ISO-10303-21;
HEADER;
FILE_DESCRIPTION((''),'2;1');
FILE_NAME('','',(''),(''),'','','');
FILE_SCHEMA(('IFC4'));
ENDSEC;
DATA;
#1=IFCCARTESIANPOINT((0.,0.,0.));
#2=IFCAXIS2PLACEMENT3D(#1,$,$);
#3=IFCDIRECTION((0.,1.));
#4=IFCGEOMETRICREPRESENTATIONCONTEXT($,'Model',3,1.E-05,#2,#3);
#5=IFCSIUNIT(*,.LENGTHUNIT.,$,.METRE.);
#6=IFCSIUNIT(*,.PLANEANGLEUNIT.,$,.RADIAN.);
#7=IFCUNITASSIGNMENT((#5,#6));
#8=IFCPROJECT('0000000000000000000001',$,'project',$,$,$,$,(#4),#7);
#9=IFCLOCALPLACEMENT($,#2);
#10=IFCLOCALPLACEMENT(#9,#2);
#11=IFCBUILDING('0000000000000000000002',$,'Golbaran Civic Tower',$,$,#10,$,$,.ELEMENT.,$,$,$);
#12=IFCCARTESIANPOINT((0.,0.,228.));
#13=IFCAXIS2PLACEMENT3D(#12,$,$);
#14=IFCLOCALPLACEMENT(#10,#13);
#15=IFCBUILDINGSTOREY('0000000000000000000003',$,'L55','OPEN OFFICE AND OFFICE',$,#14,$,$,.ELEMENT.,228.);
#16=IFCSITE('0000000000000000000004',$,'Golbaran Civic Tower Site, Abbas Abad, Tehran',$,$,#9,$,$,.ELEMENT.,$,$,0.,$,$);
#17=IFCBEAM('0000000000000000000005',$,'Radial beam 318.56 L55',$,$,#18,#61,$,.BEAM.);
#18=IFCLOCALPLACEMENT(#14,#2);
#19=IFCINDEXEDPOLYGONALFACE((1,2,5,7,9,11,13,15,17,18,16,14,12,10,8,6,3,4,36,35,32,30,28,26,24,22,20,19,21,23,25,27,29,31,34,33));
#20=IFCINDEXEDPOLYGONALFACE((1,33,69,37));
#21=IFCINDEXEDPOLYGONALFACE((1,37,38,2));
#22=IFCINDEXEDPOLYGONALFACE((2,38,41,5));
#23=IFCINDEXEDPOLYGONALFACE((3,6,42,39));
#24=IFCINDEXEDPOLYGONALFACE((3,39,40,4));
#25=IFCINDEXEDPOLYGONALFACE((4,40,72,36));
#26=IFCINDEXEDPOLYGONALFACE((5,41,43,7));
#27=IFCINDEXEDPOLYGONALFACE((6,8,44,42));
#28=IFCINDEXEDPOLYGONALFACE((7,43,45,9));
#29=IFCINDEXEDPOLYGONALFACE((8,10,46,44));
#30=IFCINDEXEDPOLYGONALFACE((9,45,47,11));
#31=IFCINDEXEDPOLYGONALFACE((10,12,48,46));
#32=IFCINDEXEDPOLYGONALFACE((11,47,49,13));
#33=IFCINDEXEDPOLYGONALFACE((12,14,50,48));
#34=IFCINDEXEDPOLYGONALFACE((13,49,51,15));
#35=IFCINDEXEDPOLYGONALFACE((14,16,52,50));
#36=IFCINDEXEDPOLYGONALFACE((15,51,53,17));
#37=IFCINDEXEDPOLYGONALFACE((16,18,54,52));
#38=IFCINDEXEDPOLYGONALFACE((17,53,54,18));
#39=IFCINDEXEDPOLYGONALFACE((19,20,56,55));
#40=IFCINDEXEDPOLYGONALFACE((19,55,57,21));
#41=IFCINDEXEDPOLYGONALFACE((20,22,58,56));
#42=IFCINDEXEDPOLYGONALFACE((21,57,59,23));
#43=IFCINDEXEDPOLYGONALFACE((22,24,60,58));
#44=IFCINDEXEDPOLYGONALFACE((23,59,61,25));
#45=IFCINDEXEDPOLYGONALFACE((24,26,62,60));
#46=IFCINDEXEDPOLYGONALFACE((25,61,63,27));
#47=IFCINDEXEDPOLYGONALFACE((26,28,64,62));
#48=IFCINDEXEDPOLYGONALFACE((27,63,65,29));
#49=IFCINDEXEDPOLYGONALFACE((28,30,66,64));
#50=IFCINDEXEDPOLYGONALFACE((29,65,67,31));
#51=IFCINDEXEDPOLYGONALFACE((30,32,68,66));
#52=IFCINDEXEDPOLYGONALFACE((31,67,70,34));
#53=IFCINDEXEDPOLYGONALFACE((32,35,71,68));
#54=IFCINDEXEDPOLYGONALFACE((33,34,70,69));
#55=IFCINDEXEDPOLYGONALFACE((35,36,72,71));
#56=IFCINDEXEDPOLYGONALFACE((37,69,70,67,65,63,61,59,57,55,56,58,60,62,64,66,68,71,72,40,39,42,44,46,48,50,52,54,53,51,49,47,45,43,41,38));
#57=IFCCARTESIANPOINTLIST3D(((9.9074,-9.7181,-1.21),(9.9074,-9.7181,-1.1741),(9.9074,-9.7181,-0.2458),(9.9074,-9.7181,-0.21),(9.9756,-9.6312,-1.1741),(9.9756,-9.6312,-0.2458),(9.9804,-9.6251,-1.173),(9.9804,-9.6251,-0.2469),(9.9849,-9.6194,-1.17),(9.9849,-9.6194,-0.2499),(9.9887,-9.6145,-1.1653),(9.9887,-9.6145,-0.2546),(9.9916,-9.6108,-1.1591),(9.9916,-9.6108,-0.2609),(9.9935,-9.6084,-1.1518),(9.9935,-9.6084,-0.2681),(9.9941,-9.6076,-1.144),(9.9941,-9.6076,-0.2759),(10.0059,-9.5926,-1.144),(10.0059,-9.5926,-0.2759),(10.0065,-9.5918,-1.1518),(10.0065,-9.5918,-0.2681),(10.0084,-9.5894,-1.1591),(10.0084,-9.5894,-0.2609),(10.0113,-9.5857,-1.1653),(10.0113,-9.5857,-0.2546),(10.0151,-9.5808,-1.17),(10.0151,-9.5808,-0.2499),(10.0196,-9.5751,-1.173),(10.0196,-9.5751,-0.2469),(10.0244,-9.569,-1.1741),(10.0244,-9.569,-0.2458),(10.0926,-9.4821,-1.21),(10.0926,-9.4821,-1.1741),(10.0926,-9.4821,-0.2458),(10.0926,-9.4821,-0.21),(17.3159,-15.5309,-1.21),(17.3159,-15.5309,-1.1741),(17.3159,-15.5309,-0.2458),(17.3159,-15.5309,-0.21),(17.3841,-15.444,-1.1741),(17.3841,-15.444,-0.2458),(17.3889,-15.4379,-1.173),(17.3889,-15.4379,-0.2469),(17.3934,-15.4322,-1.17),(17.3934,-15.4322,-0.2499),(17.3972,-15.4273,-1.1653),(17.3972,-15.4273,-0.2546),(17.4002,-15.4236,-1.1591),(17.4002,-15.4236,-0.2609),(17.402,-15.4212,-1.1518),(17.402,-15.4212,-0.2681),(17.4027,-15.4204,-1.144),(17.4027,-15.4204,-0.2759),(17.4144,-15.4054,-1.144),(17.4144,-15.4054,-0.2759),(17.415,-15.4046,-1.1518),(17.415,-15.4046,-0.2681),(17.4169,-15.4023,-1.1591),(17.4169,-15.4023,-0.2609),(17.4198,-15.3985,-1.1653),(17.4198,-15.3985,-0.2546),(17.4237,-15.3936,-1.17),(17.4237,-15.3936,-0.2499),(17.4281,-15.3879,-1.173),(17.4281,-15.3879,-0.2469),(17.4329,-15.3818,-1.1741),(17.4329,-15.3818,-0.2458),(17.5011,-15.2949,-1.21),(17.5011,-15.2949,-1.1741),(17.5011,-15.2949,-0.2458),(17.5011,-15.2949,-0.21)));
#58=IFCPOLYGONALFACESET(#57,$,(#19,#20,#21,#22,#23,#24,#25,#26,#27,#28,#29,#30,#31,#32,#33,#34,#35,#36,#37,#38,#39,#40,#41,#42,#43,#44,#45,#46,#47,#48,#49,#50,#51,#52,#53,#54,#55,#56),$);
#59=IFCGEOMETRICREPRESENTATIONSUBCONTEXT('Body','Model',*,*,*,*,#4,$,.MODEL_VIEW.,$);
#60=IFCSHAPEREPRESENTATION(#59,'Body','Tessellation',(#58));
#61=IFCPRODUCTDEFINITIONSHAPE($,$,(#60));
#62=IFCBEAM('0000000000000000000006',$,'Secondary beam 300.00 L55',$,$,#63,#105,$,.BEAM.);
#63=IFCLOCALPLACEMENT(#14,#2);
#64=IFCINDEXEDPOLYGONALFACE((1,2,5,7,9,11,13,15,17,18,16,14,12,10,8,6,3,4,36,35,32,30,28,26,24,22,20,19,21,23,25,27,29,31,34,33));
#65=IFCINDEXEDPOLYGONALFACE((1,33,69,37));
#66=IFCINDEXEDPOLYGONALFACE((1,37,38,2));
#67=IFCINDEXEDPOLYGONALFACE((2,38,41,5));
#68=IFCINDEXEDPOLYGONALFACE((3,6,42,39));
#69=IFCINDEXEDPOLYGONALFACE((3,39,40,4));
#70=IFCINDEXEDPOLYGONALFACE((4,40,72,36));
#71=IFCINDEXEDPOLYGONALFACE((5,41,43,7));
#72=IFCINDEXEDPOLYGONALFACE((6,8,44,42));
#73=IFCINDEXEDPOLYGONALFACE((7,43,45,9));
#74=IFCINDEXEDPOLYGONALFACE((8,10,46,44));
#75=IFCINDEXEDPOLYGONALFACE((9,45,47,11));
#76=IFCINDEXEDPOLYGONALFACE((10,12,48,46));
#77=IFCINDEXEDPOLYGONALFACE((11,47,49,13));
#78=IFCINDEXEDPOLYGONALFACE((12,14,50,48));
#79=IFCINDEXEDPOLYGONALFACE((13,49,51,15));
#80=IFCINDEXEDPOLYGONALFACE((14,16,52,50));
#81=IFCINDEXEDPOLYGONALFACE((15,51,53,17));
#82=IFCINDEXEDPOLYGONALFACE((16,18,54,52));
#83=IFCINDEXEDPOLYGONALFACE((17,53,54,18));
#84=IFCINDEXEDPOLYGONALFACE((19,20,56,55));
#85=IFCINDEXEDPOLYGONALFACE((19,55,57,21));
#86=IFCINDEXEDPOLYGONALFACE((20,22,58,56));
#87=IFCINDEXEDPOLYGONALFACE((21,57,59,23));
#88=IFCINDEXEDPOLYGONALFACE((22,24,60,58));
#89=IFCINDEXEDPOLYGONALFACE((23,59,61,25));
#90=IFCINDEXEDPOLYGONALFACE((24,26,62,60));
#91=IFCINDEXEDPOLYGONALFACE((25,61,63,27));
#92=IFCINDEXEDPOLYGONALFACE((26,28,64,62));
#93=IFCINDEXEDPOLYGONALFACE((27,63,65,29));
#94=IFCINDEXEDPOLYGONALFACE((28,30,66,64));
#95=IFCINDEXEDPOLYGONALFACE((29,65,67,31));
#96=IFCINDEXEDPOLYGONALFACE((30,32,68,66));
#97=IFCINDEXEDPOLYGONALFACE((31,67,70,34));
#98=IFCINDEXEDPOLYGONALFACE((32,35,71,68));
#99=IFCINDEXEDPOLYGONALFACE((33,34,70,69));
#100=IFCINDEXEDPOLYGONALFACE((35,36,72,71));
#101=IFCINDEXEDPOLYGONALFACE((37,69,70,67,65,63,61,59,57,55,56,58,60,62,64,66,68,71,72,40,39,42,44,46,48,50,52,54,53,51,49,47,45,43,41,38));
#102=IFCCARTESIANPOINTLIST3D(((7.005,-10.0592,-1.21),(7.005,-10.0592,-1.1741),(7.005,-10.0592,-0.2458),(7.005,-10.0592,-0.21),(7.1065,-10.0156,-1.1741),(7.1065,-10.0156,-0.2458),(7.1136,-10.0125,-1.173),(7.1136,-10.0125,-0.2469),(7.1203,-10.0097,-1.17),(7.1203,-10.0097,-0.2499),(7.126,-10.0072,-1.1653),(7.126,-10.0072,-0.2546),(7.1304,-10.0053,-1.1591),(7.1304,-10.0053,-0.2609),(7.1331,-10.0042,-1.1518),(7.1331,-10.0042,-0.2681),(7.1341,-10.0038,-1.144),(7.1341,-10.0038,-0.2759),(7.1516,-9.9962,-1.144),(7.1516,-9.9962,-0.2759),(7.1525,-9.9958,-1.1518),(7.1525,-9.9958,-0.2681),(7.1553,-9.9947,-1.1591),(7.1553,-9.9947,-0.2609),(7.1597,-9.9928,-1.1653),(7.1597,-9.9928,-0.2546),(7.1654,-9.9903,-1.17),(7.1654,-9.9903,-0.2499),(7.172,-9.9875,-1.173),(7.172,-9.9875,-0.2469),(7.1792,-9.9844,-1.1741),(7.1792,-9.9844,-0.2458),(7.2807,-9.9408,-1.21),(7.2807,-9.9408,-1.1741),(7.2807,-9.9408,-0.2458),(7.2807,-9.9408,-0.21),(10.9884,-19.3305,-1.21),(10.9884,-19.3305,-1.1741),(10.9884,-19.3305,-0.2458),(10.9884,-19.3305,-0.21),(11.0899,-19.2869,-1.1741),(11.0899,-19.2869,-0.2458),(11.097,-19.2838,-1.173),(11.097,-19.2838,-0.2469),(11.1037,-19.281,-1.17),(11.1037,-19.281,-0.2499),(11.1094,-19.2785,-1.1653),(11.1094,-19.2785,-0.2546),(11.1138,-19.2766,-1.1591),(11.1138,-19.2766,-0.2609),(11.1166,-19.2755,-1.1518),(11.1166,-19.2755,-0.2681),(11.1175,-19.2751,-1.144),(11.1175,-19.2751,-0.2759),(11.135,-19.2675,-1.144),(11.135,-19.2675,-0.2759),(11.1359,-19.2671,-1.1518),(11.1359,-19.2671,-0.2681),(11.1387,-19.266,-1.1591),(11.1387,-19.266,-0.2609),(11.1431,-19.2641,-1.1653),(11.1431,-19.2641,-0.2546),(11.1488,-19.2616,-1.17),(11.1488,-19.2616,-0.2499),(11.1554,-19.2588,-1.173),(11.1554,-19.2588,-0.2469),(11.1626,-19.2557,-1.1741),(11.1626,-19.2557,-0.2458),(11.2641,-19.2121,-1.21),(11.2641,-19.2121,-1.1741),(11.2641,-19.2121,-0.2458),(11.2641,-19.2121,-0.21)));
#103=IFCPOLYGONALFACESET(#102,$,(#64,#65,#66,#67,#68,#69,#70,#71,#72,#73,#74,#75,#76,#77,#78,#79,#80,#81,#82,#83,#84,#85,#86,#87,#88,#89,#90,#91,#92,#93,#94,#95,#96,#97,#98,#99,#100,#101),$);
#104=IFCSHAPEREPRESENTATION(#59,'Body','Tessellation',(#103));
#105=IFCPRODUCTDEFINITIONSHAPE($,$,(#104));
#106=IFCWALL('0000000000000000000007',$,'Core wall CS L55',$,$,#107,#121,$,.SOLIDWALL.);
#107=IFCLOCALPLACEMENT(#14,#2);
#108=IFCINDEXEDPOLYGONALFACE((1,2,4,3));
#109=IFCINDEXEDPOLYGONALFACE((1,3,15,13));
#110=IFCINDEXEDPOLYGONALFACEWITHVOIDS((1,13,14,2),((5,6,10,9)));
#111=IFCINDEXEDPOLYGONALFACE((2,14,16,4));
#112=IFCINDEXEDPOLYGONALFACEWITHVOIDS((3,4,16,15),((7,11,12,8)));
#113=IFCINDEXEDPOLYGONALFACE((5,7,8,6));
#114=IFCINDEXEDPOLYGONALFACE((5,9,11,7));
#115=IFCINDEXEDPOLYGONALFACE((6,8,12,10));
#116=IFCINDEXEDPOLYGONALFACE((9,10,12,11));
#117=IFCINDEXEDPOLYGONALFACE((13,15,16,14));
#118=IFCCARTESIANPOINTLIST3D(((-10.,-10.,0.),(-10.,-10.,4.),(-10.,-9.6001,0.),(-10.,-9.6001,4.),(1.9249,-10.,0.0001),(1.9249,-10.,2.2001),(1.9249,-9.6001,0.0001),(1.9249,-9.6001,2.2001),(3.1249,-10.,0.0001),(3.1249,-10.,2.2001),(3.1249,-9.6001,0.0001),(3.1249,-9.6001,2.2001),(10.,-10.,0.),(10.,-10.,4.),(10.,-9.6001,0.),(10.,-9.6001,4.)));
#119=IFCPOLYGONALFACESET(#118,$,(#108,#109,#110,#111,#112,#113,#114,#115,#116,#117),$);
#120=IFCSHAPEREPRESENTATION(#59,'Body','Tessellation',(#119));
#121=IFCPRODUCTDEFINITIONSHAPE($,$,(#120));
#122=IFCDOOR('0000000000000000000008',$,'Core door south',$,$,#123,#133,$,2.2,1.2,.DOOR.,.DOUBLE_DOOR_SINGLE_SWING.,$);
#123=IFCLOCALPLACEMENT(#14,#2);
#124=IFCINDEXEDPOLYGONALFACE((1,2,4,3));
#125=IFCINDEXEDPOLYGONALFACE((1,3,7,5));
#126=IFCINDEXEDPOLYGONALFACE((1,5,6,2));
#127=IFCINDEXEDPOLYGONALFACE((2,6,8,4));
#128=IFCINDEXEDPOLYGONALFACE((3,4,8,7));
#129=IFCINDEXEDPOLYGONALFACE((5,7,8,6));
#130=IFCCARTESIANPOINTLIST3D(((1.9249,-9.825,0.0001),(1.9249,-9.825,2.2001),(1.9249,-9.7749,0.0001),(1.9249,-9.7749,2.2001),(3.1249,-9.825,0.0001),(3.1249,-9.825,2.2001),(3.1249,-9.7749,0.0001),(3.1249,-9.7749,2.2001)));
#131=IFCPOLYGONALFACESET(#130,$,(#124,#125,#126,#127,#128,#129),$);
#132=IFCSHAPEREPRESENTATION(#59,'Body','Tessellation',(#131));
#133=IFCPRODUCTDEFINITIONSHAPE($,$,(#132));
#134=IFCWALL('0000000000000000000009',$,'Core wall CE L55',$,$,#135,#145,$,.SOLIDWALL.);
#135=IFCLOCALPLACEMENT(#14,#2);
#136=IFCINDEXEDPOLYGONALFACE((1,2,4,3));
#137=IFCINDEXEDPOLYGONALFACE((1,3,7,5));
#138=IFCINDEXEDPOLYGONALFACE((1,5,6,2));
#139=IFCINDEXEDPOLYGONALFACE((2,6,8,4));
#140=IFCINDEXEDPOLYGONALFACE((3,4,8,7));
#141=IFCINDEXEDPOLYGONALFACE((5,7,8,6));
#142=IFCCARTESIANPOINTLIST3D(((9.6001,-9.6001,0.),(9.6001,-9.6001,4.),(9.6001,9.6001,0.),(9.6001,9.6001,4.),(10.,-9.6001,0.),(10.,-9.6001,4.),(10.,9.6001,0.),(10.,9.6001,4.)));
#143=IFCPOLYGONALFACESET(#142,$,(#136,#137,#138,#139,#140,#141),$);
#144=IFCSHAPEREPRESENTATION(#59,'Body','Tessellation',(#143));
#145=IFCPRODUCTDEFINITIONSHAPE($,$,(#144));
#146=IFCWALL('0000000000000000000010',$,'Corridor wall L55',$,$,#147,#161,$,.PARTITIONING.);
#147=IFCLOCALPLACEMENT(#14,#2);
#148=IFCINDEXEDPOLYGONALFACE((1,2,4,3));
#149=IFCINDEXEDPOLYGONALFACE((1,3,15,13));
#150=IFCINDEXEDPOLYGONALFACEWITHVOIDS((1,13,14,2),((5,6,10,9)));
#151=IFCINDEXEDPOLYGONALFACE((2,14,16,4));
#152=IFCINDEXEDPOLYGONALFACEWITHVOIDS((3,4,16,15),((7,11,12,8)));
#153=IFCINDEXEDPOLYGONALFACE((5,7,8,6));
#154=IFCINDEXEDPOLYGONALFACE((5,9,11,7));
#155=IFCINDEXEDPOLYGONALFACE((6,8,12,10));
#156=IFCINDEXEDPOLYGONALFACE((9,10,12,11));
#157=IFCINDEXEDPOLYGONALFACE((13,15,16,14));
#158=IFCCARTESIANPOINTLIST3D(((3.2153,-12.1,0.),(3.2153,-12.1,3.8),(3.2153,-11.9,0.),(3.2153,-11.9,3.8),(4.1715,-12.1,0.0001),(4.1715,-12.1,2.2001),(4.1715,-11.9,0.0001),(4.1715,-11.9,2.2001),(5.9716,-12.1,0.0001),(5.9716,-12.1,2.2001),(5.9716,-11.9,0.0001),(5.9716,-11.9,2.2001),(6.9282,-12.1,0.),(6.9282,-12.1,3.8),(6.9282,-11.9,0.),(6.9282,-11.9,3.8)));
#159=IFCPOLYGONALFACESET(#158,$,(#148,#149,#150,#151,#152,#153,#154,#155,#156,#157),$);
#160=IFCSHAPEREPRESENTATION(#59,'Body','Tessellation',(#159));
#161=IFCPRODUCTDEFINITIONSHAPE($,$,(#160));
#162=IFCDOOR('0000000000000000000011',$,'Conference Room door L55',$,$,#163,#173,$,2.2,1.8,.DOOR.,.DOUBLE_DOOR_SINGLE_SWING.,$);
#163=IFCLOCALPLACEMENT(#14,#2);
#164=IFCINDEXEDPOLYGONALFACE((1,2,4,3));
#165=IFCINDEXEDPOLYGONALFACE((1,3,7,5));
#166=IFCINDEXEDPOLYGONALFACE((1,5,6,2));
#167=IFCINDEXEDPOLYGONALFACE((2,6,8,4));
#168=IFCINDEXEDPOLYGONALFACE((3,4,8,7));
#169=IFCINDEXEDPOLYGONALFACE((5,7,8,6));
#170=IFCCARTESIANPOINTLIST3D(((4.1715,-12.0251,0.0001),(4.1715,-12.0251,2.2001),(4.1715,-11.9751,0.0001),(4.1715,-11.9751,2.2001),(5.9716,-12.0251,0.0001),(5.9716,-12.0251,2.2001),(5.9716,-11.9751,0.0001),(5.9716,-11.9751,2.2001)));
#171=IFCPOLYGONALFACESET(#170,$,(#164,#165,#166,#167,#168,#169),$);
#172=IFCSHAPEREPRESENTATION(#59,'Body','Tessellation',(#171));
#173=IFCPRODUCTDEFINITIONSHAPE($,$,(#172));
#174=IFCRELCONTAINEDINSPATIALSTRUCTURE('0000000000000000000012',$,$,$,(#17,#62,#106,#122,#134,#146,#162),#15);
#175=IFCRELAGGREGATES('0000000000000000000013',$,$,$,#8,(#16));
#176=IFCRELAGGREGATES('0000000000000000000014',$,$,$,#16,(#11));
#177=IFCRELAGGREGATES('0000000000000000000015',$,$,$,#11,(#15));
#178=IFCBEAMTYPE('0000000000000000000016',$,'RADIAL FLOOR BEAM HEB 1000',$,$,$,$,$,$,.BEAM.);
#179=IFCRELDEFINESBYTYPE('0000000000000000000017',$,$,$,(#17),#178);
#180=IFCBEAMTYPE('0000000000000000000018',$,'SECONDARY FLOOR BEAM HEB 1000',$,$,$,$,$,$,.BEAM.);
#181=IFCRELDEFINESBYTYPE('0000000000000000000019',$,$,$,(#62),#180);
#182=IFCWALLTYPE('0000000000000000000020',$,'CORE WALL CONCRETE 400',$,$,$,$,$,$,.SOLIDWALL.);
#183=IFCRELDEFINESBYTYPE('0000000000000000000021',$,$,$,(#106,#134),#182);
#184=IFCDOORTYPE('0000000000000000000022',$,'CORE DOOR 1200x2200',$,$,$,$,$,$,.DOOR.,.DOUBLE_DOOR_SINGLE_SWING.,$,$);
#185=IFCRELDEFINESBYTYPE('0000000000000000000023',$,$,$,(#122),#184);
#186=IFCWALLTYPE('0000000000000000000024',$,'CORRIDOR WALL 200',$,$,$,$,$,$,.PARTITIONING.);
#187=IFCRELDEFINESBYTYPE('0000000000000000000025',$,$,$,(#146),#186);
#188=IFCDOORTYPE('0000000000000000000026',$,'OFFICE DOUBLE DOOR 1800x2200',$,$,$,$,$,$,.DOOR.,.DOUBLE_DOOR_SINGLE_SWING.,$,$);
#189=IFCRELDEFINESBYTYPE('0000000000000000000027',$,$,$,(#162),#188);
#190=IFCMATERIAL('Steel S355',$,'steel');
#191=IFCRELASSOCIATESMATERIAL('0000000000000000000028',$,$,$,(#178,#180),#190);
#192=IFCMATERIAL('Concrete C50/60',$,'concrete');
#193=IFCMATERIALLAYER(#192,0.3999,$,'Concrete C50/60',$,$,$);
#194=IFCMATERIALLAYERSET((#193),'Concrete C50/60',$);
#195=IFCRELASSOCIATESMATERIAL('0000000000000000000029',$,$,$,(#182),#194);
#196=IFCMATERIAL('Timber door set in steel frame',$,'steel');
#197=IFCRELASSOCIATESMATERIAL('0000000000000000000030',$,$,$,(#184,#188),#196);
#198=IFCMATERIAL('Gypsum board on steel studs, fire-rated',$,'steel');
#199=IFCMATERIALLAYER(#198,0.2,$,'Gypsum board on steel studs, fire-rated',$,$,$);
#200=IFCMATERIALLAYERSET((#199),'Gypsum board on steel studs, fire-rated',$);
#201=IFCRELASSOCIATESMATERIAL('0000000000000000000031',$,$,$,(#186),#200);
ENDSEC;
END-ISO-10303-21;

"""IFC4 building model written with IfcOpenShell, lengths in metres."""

from ifc_helpers import new_model, si_unit, direction, frame, frame_2d, origin, origin_2d, place, context, subcontext, project, spatial, rectangle, i_section, extrude, material, layer, layer_set, material_profile, profile_set, type_object, element, fill, save


model = new_model("IFC4")

# Units and contexts
model_context = context("Model", 3, precision=1e-05, world=origin(), true_north=direction((0.0, 1.0)))
body_context = subcontext(model_context, "Body", "Model", "MODEL_VIEW")
ifc_project = project(units=[si_unit("LENGTHUNIT", "METRE"), si_unit("PLANEANGLEUNIT", "RADIAN")], contexts=[model_context])

# Site, building, storey
site_placement = place(None, origin())
site = spatial("IfcSite", under=ifc_project, at=site_placement, Name="Golbaran Civic Tower Site, Abbas Abad, Tehran", CompositionType="ELEMENT", RefElevation=0.0)
building_placement = place(site_placement, origin())
building = spatial("IfcBuilding", under=site, at=building_placement, Name="Golbaran Civic Tower", CompositionType="ELEMENT")
storey_placement = place(building_placement, frame((0.0, 0.0, 228.0)))
storey = spatial("IfcBuildingStorey", under=building, at=storey_placement, Name="L55", Description="OPEN OFFICE AND OFFICE", CompositionType="ELEMENT", Elevation=228.0)

# Beams
ifc_material_1 = material(Name="Steel S355", Category="steel")
ifc_material_profile_1 = material_profile(ifc_material_1, i_section(OverallWidth=0.3, OverallDepth=1.0, WebThickness=0.019, FlangeThickness=0.0359, FilletRadius=0.03, at=origin_2d()), Name="HEB 1000")
ifc_profile_set_1 = profile_set([ifc_material_profile_1], Name="Steel S355")
beam_type_1 = type_object("IfcBeamType", Name="RADIAL FLOOR BEAM HEB 1000", PredefinedType="BEAM", material=ifc_profile_set_1)
beam_1_placement = place(storey_placement, frame((10.0, -9.6001, -0.71), z_axis=(0.78674, -0.617284, 0.0), x_axis=(0.617284, 0.78674, 0.0)))
element("IfcBeam", 1, at=beam_1_placement, inside=storey, type_object=beam_type_1, Name="Radial beam 318.56 L55", PredefinedType="BEAM", context=body_context, shape_type="SweptSolid", body=[
    extrude(i_section(OverallWidth=0.3, OverallDepth=1.0, WebThickness=0.019, FlangeThickness=0.0359, FilletRadius=0.03, at=origin_2d()), origin(), (0.0, 0.0, 1.0), 9.4167),
])
ifc_material_profile_2 = material_profile(ifc_material_1, i_section(OverallWidth=0.3, OverallDepth=1.0, WebThickness=0.019, FlangeThickness=0.0359, FilletRadius=0.03, at=origin_2d()), Name="HEB 1000")
ifc_profile_set_2 = profile_set([ifc_material_profile_2], Name="Steel S355")
beam_type_2 = type_object("IfcBeamType", Name="SECONDARY FLOOR BEAM HEB 1000", PredefinedType="BEAM", material=ifc_profile_set_2)
beam_2_placement = place(storey_placement, frame((7.1428, -10.0, -0.71), z_axis=(0.394757, -0.918785, 0.0), x_axis=(0.918785, 0.394757, 0.0)))
element("IfcBeam", 2, at=beam_2_placement, inside=storey, type_object=beam_type_2, Name="Secondary beam 300.00 L55", PredefinedType="BEAM", context=body_context, shape_type="SweptSolid", body=[
    extrude(i_section(OverallWidth=0.3, OverallDepth=1.0, WebThickness=0.019, FlangeThickness=0.0359, FilletRadius=0.03, at=origin_2d()), origin(), (0.0, 0.0, 1.0), 10.0908),
])

# Wall, opening, door
ifc_material_2 = material(Name="Concrete C50/60", Category="concrete")
ifc_layer_1 = layer(ifc_material_2, 0.3999, Name="Concrete C50/60")
ifc_layer_set_1 = layer_set([ifc_layer_1], Name="Concrete C50/60")
wall_type_1 = type_object("IfcWallType", Name="CORE WALL CONCRETE 400", PredefinedType="SOLIDWALL", material=ifc_layer_set_1)
wall_1_placement = place(storey_placement, frame((10.0, -9.8, 0.0), z_axis=(0.0, 0.0, 1.0), x_axis=(-1.0, 0.0, 0.0)))
wall_1 = element("IfcWall", 3, at=wall_1_placement, inside=storey, type_object=wall_type_1, Name="Core wall CS L55", PredefinedType="SOLIDWALL", context=body_context, shape_type="SweptSolid", body=[
    extrude(rectangle(XDim=20.0, YDim=0.3999, at=frame_2d((10.0, 0.0))), origin(), (0.0, 0.0, 1.0), 4.0),
])
opening_1_placement = place(wall_1_placement, frame((6.875, 0.0, 0.0)))
opening_1 = element("IfcOpeningElement", 4, at=opening_1_placement, cuts=wall_1, PredefinedType="OPENING", context=body_context, shape_type="SweptSolid", body=[
    extrude(rectangle(XDim=1.2, YDim=2.2, at=frame_2d((0.6001, 1.1001))), frame((0.0, 0.21, 0.0), z_axis=(0.0, -1.0, 0.0), x_axis=(1.0, 0.0, 0.0)), (0.0, 0.0, 1.0), 0.4199),
])
ifc_material_3 = material(Name="Timber door set in steel frame", Category="steel")
door_type_1 = type_object("IfcDoorType", Name="CORE DOOR 1200x2200", OperationType="DOUBLE_DOOR_SINGLE_SWING", PredefinedType="DOOR", material=ifc_material_3)
door_1_placement = place(opening_1_placement, origin())
door_1 = element("IfcDoor", 5, at=door_1_placement, inside=storey, type_object=door_type_1, Name="Core door south", OperationType="DOUBLE_DOOR_SINGLE_SWING", OverallHeight=2.2, OverallWidth=1.2, PredefinedType="DOOR", context=body_context, shape_type="SweptSolid", body=[
    extrude(rectangle(XDim=1.2, YDim=2.2, at=frame_2d((0.6001, 1.1001))), frame((0.0, 0.0249, 0.0), z_axis=(0.0, -1.0, 0.0), x_axis=(1.0, 0.0, 0.0)), (0.0, 0.0, 1.0), 0.05),
])
fill(opening_1, door_1)

# Wall
wall_2_placement = place(storey_placement, frame((9.8, -9.6001, 0.0), z_axis=(0.0, 0.0, 1.0), x_axis=(0.0, 1.0, 0.0)))
element("IfcWall", 6, at=wall_2_placement, inside=storey, type_object=wall_type_1, Name="Core wall CE L55", PredefinedType="SOLIDWALL", context=body_context, shape_type="SweptSolid", body=[
    extrude(rectangle(XDim=19.2002, YDim=0.3999, at=frame_2d((9.6001, 0.0))), origin(), (0.0, 0.0, 1.0), 4.0),
])

# Wall, opening, door
ifc_material_4 = material(Name="Gypsum board on steel studs, fire-rated", Category="steel")
ifc_layer_2 = layer(ifc_material_4, 0.2, Name="Gypsum board on steel studs, fire-rated")
ifc_layer_set_2 = layer_set([ifc_layer_2], Name="Gypsum board on steel studs, fire-rated")
wall_type_2 = type_object("IfcWallType", Name="CORRIDOR WALL 200", PredefinedType="PARTITIONING", material=ifc_layer_set_2)
wall_3_placement = place(storey_placement, frame((3.2153, -12.0, 0.0), z_axis=(0.0, 0.0, 1.0), x_axis=(1.0, 0.0, 0.0)))
wall_3 = element("IfcWall", 7, at=wall_3_placement, inside=storey, type_object=wall_type_2, Name="Corridor wall L55", PredefinedType="PARTITIONING", context=body_context, shape_type="SweptSolid", body=[
    extrude(rectangle(XDim=3.7129, YDim=0.2, at=frame_2d((1.8564, 0.0))), origin(), (0.0, 0.0, 1.0), 3.8),
])
opening_2_placement = place(wall_3_placement, frame((0.9563, 0.0, 0.0)))
opening_2 = element("IfcOpeningElement", 8, at=opening_2_placement, cuts=wall_3, PredefinedType="OPENING", context=body_context, shape_type="SweptSolid", body=[
    extrude(rectangle(XDim=1.8, YDim=2.2, at=frame_2d((0.8999, 1.1001))), frame((0.0, 0.1099, 0.0), z_axis=(0.0, -1.0, 0.0), x_axis=(1.0, 0.0, 0.0)), (0.0, 0.0, 1.0), 0.22),
])
door_type_2 = type_object("IfcDoorType", Name="OFFICE DOUBLE DOOR 1800x2200", OperationType="DOUBLE_DOOR_SINGLE_SWING", PredefinedType="DOOR", material=ifc_material_3)
door_2_placement = place(opening_2_placement, origin())
door_2 = element("IfcDoor", 9, at=door_2_placement, inside=storey, type_object=door_type_2, Name="Conference Room door L55", OperationType="DOUBLE_DOOR_SINGLE_SWING", OverallHeight=2.2, OverallWidth=1.8, PredefinedType="DOOR", context=body_context, shape_type="SweptSolid", body=[
    extrude(rectangle(XDim=1.8, YDim=2.2, at=frame_2d((0.8999, 1.1001))), frame((0.0, 0.0249, 0.0), z_axis=(0.0, -1.0, 0.0), x_axis=(1.0, 0.0, 0.0)), (0.0, 0.0, 1.0), 0.05),
])
fill(opening_2, door_2)

save(model, "model.ifc")
